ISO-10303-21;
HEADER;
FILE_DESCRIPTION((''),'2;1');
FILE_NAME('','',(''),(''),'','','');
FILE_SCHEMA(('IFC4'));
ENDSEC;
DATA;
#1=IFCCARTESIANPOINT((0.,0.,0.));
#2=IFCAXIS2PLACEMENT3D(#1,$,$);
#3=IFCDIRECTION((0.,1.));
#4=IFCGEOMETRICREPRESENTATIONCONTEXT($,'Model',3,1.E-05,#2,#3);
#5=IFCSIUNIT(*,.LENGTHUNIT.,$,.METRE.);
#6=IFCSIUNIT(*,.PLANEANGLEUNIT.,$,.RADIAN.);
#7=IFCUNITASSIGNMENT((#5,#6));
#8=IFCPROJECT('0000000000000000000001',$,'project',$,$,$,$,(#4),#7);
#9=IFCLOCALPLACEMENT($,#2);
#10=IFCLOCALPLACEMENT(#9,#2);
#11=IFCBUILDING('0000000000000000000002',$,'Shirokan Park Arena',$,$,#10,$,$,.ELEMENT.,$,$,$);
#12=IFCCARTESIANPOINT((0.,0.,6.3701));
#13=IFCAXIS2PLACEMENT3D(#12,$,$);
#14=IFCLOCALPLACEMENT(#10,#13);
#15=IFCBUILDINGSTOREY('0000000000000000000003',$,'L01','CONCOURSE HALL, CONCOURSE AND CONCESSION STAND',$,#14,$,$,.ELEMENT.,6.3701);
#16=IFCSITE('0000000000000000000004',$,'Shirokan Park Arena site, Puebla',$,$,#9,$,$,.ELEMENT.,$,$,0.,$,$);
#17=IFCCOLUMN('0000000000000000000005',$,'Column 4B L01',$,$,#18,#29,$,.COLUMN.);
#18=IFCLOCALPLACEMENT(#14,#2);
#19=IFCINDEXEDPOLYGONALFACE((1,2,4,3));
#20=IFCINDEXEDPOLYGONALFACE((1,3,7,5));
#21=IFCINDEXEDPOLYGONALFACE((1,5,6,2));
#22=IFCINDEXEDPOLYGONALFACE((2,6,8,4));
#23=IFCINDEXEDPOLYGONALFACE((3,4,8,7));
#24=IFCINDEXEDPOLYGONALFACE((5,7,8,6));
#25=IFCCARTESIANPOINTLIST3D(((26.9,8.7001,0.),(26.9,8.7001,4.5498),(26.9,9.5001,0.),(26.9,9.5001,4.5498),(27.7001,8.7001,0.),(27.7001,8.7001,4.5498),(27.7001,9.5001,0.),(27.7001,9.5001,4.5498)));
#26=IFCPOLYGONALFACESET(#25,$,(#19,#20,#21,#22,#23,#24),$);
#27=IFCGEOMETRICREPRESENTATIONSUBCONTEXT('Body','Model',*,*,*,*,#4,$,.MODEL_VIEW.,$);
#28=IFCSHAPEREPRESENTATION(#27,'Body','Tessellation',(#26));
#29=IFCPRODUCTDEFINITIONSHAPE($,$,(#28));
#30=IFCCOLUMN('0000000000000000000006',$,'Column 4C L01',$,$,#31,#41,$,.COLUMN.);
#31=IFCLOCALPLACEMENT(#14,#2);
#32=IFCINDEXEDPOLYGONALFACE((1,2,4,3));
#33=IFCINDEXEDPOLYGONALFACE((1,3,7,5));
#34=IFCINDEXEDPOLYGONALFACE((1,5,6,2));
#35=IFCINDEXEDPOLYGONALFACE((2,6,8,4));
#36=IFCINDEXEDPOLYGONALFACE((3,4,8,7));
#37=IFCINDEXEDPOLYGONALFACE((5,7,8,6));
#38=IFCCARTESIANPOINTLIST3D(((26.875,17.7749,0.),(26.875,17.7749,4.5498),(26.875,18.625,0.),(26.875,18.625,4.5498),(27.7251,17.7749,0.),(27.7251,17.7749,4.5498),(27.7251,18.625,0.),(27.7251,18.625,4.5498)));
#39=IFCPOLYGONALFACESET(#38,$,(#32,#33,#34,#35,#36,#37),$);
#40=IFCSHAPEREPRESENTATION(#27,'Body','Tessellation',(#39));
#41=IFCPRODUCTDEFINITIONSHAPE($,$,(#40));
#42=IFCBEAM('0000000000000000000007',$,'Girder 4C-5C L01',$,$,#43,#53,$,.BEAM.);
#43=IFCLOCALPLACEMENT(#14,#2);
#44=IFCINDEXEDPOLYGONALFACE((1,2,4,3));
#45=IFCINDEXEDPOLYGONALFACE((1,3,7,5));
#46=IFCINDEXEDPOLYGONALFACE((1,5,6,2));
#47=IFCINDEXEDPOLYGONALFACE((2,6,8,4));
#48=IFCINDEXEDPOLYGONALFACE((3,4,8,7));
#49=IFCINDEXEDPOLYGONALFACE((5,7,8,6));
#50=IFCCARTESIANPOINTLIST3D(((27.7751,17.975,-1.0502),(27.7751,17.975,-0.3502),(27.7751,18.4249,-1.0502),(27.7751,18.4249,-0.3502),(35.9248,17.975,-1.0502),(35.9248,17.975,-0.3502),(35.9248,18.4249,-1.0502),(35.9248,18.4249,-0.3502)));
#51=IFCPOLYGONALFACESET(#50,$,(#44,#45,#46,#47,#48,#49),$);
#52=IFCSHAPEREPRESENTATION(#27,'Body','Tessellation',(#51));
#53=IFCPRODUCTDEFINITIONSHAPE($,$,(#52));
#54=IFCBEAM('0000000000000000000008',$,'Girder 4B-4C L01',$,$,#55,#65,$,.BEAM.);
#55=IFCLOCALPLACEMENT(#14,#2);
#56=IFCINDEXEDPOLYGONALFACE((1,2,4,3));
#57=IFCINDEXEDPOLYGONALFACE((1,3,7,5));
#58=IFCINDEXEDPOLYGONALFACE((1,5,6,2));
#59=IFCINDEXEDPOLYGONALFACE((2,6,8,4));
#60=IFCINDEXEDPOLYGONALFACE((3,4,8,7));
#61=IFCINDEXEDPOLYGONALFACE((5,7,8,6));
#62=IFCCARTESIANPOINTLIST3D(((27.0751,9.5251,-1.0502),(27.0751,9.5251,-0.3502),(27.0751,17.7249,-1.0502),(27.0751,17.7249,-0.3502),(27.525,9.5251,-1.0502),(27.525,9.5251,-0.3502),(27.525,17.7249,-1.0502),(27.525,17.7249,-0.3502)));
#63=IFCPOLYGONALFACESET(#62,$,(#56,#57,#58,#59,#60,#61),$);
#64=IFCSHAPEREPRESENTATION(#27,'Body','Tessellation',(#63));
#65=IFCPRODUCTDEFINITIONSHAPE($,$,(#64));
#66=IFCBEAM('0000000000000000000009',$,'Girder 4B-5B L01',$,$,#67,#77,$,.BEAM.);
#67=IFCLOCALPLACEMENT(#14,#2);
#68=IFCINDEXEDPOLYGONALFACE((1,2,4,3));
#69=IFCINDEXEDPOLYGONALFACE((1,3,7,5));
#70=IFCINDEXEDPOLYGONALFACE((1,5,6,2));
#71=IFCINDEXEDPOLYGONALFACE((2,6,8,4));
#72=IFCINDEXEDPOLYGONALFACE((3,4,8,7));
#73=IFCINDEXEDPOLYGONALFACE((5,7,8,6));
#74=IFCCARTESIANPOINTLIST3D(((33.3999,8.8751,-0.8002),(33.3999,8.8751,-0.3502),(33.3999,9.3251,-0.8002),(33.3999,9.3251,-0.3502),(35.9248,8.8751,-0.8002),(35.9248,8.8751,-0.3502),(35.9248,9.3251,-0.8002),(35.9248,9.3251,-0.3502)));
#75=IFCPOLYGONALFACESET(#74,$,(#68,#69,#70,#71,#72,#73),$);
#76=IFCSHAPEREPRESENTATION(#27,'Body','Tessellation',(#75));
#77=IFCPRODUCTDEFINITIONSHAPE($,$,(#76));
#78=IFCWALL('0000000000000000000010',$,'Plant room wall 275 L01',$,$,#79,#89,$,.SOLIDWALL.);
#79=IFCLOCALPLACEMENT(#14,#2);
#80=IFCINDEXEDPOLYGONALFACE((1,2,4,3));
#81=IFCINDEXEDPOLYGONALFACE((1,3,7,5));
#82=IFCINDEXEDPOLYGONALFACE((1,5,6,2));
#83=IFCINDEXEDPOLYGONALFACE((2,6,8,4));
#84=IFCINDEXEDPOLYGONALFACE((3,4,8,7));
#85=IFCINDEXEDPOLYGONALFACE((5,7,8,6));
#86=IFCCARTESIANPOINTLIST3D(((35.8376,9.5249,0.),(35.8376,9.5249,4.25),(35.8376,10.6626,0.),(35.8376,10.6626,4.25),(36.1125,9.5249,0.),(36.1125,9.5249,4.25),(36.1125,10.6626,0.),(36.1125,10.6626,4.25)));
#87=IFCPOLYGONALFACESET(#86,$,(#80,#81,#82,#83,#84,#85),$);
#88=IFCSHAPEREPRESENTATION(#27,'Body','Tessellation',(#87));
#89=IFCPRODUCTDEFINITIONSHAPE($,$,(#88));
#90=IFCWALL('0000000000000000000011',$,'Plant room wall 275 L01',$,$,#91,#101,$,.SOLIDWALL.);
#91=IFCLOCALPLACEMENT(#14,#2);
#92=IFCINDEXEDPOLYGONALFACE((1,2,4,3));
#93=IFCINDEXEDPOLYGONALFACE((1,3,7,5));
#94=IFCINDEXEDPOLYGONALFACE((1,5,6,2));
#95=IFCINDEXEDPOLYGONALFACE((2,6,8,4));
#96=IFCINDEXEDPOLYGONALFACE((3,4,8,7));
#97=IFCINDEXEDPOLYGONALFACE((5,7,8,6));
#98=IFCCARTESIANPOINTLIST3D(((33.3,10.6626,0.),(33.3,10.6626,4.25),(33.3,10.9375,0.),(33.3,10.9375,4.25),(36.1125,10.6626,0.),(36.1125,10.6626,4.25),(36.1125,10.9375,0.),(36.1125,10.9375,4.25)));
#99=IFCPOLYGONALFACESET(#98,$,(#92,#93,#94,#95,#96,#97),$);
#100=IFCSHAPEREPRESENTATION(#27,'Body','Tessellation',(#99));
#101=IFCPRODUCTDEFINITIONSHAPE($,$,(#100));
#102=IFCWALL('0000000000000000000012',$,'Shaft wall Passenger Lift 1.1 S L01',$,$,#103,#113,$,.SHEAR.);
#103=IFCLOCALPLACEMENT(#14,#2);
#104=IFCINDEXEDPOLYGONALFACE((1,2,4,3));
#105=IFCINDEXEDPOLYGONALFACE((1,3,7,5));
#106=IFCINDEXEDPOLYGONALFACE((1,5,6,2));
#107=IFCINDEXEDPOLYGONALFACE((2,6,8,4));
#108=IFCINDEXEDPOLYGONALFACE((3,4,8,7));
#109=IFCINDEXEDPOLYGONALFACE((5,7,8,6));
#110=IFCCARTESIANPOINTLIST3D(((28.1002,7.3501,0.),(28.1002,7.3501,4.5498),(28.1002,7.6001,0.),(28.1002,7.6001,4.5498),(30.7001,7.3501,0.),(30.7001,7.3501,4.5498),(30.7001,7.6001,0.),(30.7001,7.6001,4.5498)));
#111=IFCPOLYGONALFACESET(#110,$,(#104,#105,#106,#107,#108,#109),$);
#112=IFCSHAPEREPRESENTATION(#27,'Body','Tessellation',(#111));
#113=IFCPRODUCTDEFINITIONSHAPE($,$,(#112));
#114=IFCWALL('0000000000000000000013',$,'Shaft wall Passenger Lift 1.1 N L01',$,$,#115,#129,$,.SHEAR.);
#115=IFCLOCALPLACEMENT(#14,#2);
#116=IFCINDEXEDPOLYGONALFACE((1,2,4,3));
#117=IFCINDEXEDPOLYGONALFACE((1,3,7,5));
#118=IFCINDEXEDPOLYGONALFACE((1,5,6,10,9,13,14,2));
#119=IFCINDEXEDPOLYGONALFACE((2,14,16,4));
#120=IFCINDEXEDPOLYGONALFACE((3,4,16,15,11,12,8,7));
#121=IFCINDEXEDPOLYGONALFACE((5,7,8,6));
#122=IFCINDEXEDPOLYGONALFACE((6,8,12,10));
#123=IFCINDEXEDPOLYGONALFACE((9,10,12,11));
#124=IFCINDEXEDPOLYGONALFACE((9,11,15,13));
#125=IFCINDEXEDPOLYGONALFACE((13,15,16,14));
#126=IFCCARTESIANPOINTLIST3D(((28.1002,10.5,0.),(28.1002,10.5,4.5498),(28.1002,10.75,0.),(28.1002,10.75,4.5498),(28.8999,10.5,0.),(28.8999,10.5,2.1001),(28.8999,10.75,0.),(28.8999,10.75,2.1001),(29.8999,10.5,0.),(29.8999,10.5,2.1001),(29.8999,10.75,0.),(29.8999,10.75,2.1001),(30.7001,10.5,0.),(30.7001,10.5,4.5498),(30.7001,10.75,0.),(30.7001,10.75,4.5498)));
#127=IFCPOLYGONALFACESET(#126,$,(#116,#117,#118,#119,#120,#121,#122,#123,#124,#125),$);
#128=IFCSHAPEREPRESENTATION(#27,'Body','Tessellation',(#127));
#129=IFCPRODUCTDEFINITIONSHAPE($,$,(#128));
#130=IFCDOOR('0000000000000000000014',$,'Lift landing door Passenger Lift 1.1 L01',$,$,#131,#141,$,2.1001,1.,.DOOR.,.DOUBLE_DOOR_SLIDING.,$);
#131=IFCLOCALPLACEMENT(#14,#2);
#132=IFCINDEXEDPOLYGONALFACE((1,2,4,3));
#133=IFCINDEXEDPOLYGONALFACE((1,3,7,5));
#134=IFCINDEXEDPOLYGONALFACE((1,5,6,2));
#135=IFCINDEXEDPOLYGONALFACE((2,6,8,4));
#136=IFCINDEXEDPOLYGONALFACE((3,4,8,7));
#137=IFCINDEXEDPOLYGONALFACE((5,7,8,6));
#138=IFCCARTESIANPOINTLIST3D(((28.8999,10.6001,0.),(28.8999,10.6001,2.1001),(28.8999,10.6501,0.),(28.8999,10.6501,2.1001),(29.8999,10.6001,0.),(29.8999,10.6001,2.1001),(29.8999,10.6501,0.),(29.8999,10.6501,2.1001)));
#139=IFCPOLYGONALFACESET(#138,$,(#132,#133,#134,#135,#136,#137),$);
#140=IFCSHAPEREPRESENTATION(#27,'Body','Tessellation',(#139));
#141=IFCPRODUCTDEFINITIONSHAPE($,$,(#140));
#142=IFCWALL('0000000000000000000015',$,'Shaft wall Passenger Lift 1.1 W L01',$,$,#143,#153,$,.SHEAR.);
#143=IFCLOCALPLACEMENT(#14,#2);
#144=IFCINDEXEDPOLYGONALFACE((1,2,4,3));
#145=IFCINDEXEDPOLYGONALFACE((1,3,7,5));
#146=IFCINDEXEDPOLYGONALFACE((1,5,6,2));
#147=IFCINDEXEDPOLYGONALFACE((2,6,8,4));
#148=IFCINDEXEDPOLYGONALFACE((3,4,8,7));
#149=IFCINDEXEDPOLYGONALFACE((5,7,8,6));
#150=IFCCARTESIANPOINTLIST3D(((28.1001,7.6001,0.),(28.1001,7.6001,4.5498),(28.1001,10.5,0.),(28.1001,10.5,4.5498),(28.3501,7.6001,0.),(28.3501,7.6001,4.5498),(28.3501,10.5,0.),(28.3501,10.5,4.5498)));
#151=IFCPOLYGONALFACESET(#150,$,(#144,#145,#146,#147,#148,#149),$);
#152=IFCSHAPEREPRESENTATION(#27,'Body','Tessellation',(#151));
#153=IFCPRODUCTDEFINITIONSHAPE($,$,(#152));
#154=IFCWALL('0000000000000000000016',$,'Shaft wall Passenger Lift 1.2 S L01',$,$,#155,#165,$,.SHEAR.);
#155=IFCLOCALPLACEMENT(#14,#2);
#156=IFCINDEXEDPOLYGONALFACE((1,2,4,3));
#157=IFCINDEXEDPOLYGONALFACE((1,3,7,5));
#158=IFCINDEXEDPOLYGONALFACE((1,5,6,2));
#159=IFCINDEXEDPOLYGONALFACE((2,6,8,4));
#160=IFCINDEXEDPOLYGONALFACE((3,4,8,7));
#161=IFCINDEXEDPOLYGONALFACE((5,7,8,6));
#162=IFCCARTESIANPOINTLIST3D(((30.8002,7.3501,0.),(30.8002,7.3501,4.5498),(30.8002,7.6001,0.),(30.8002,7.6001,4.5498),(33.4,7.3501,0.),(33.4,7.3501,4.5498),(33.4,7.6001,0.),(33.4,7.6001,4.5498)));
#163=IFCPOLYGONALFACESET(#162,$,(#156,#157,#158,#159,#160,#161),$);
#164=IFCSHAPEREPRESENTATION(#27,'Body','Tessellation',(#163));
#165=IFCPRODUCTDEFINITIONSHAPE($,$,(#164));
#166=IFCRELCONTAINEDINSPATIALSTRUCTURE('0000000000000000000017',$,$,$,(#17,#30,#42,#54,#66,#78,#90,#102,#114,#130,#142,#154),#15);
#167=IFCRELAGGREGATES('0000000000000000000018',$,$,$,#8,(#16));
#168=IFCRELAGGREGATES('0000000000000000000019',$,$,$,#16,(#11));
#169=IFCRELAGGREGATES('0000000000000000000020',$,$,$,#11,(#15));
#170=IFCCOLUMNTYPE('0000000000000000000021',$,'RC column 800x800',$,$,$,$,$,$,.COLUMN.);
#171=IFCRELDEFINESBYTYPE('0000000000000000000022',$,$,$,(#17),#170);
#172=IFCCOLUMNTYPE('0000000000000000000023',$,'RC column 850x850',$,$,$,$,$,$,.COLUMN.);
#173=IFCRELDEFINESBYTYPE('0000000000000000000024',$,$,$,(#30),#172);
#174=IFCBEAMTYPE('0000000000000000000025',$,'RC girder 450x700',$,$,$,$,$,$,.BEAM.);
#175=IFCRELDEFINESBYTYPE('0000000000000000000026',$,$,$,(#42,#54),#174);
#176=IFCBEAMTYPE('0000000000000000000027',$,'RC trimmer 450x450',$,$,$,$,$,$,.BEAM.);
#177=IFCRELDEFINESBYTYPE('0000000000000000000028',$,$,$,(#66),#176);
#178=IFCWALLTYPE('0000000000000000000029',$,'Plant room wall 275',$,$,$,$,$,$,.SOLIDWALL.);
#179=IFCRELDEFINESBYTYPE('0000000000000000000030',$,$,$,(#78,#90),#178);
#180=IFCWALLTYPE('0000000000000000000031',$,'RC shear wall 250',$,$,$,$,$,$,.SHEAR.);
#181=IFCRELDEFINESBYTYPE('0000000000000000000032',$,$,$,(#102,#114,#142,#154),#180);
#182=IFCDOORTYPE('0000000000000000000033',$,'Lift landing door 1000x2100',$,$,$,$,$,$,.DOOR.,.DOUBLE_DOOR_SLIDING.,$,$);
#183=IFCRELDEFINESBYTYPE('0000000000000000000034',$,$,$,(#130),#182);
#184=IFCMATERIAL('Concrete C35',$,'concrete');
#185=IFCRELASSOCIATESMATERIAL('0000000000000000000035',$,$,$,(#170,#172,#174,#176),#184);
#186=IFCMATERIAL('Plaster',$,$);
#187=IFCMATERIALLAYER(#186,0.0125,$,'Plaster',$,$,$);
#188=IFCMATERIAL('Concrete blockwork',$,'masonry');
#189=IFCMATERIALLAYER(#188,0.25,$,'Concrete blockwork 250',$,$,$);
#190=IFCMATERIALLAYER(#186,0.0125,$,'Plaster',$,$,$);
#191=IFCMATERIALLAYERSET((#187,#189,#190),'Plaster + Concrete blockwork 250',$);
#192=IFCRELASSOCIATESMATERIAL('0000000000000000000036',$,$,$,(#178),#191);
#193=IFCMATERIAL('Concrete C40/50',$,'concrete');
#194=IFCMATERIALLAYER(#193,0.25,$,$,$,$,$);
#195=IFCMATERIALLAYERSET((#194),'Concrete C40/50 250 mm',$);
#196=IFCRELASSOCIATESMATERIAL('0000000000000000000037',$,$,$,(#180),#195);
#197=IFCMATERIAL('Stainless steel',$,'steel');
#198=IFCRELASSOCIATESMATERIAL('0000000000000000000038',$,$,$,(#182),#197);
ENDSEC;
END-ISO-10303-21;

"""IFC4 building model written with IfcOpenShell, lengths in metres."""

from ifc_helpers import new_model, si_unit, direction, frame, frame_2d, origin, origin_2d, place, context, subcontext, project, spatial, rectangle, extrude, material, layer, layer_set, material_profile, profile_set, type_object, element, fill, save


model = new_model("IFC4")

# Units and contexts
model_context = context("Model", 3, precision=1e-05, world=origin(), true_north=direction((0.0, 1.0)))
body_context = subcontext(model_context, "Body", "Model", "MODEL_VIEW")
ifc_project = project(units=[si_unit("LENGTHUNIT", "METRE"), si_unit("PLANEANGLEUNIT", "RADIAN")], contexts=[model_context])

# Site, building, storey
site_placement = place(None, origin())
site = spatial("IfcSite", under=ifc_project, at=site_placement, Name="Shirokan Park Arena site, Puebla", CompositionType="ELEMENT", RefElevation=0.0)
building_placement = place(site_placement, origin())
building = spatial("IfcBuilding", under=site, at=building_placement, Name="Shirokan Park Arena", CompositionType="ELEMENT")
storey_placement = place(building_placement, frame((0.0, 0.0, 6.3701)))
storey = spatial("IfcBuildingStorey", under=building, at=storey_placement, Name="L01", Description="CONCOURSE HALL, CONCOURSE AND CONCESSION STAND", CompositionType="ELEMENT", Elevation=6.3701)

# Columns
ifc_material_1 = material(Name="Concrete C35", Category="concrete")
ifc_material_profile_1 = material_profile(ifc_material_1, rectangle(XDim=0.8, YDim=0.8, at=origin_2d()), Name="800x800")
ifc_profile_set_1 = profile_set([ifc_material_profile_1], Name="Concrete C35")
column_type_1 = type_object("IfcColumnType", Name="RC column 800x800", PredefinedType="COLUMN", material=ifc_profile_set_1)
column_1_placement = place(storey_placement, frame((27.3, 9.1001, 0.0), z_axis=(0.0, 0.0, 1.0), x_axis=(1.0, 0.0, 0.0)))
element("IfcColumn", 1, at=column_1_placement, inside=storey, type_object=column_type_1, Name="Column 4B L01", PredefinedType="COLUMN", context=body_context, shape_type="SweptSolid", body=[
    extrude(rectangle(XDim=0.8, YDim=0.8, at=origin_2d()), origin(), (0.0, 0.0, 1.0), 4.5498),
])
ifc_material_profile_2 = material_profile(ifc_material_1, rectangle(XDim=0.8501, YDim=0.8501, at=origin_2d()), Name="850x850")
ifc_profile_set_2 = profile_set([ifc_material_profile_2], Name="Concrete C35")
column_type_2 = type_object("IfcColumnType", Name="RC column 850x850", PredefinedType="COLUMN", material=ifc_profile_set_2)
column_2_placement = place(storey_placement, frame((27.3, 18.2, 0.0), z_axis=(0.0, 0.0, 1.0), x_axis=(1.0, 0.0, 0.0)))
element("IfcColumn", 2, at=column_2_placement, inside=storey, type_object=column_type_2, Name="Column 4C L01", PredefinedType="COLUMN", context=body_context, shape_type="SweptSolid", body=[
    extrude(rectangle(XDim=0.8501, YDim=0.8501, at=origin_2d()), origin(), (0.0, 0.0, 1.0), 4.5498),
])

# Beams
ifc_material_profile_3 = material_profile(ifc_material_1, rectangle(XDim=0.45, YDim=0.7, at=origin_2d()), Name="450x700")
ifc_profile_set_3 = profile_set([ifc_material_profile_3], Name="Concrete C35")
beam_type_1 = type_object("IfcBeamType", Name="RC girder 450x700", PredefinedType="BEAM", material=ifc_profile_set_3)
beam_1_placement = place(storey_placement, frame((27.7751, 18.2, -0.7002), z_axis=(1.0, 0.0, 0.0), x_axis=(0.0, 1.0, 0.0)))
element("IfcBeam", 3, at=beam_1_placement, inside=storey, type_object=beam_type_1, Name="Girder 4C-5C L01", PredefinedType="BEAM", context=body_context, shape_type="SweptSolid", body=[
    extrude(rectangle(XDim=0.45, YDim=0.7, at=origin_2d()), origin(), (0.0, 0.0, 1.0), 8.1497),
])
beam_2_placement = place(storey_placement, frame((27.3, 9.5251, -0.7002), z_axis=(0.0, 1.0, 0.0), x_axis=(-1.0, 0.0, 0.0)))
element("IfcBeam", 4, at=beam_2_placement, inside=storey, type_object=beam_type_1, Name="Girder 4B-4C L01", PredefinedType="BEAM", context=body_context, shape_type="SweptSolid", body=[
    extrude(rectangle(XDim=0.45, YDim=0.7, at=origin_2d()), origin(), (0.0, 0.0, 1.0), 8.1997),
])
ifc_material_profile_4 = material_profile(ifc_material_1, rectangle(XDim=0.45, YDim=0.45, at=origin_2d()), Name="450x450")
ifc_profile_set_4 = profile_set([ifc_material_profile_4], Name="Concrete C35")
beam_type_2 = type_object("IfcBeamType", Name="RC trimmer 450x450", PredefinedType="BEAM", material=ifc_profile_set_4)
beam_3_placement = place(storey_placement, frame((33.3999, 9.1001, -0.5752), z_axis=(1.0, 0.0, 0.0), x_axis=(0.0, 1.0, 0.0)))
element("IfcBeam", 5, at=beam_3_placement, inside=storey, type_object=beam_type_2, Name="Girder 4B-5B L01", PredefinedType="BEAM", context=body_context, shape_type="SweptSolid", body=[
    extrude(rectangle(XDim=0.45, YDim=0.45, at=origin_2d()), origin(), (0.0, 0.0, 1.0), 2.5249),
])

# Walls
ifc_material_2 = material(Name="Plaster")
ifc_layer_1 = layer(ifc_material_2, 0.0125, Name="Plaster")
ifc_material_3 = material(Name="Concrete blockwork", Category="masonry")
ifc_layer_2 = layer(ifc_material_3, 0.25, Name="Concrete blockwork 250")
ifc_layer_3 = layer(ifc_material_2, 0.0125, Name="Plaster")
ifc_layer_set_1 = layer_set([ifc_layer_1, ifc_layer_2, ifc_layer_3], Name="Plaster + Concrete blockwork 250")
wall_type_1 = type_object("IfcWallType", Name="Plant room wall 275", PredefinedType="SOLIDWALL", material=ifc_layer_set_1)
wall_1_placement = place(storey_placement, frame((35.9751, 9.5249, 0.0), z_axis=(0.0, 0.0, 1.0), x_axis=(0.0, 1.0, 0.0)))
element("IfcWall", 6, at=wall_1_placement, inside=storey, type_object=wall_type_1, Name="Plant room wall 275 L01", PredefinedType="SOLIDWALL", context=body_context, shape_type="SweptSolid", body=[
    extrude(rectangle(XDim=1.1377, YDim=0.2749, at=frame_2d((0.5688, 0.0))), origin(), (0.0, 0.0, 1.0), 4.25),
])
wall_2_placement = place(storey_placement, frame((36.1125, 10.8, 0.0), z_axis=(0.0, 0.0, 1.0), x_axis=(-1.0, 0.0, 0.0)))
element("IfcWall", 7, at=wall_2_placement, inside=storey, type_object=wall_type_1, Name="Plant room wall 275 L01", PredefinedType="SOLIDWALL", context=body_context, shape_type="SweptSolid", body=[
    extrude(rectangle(XDim=2.8125, YDim=0.2749, at=frame_2d((1.4062, 0.0))), origin(), (0.0, 0.0, 1.0), 4.25),
])
ifc_material_4 = material(Name="Concrete C40/50", Category="concrete")
ifc_layer_4 = layer(ifc_material_4, 0.25)
ifc_layer_set_2 = layer_set([ifc_layer_4], Name="Concrete C40/50 250 mm")
wall_type_2 = type_object("IfcWallType", Name="RC shear wall 250", PredefinedType="SHEAR", material=ifc_layer_set_2)
wall_3_placement = place(storey_placement, frame((30.7, 7.4751, 0.0), z_axis=(0.0, 0.0, 1.0), x_axis=(-1.0, 0.0, 0.0)))
element("IfcWall", 8, at=wall_3_placement, inside=storey, type_object=wall_type_2, Name="Shaft wall Passenger Lift 1.1 S L01", PredefinedType="SHEAR", context=body_context, shape_type="SweptSolid", body=[
    extrude(rectangle(XDim=2.5999, YDim=0.25, at=frame_2d((1.2998, 0.0))), origin(), (0.0, 0.0, 1.0), 4.5498),
])

# Wall, opening, door
wall_4_placement = place(storey_placement, frame((30.7, 10.625, 0.0), z_axis=(0.0, 0.0, 1.0), x_axis=(-1.0, 0.0, 0.0)))
wall_4 = element("IfcWall", 9, at=wall_4_placement, inside=storey, type_object=wall_type_2, Name="Shaft wall Passenger Lift 1.1 N L01", PredefinedType="SHEAR", context=body_context, shape_type="SweptSolid", body=[
    extrude(rectangle(XDim=2.5999, YDim=0.25, at=frame_2d((1.2998, 0.0))), origin(), (0.0, 0.0, 1.0), 4.5498),
])
opening_1_placement = place(wall_4_placement, frame((0.8, 0.0, 0.0)))
opening_1 = element("IfcOpeningElement", 10, at=opening_1_placement, cuts=wall_4, PredefinedType="OPENING", context=body_context, shape_type="SweptSolid", body=[
    extrude(rectangle(XDim=1.0, YDim=2.1001, at=frame_2d((0.5, 1.05))), frame((0.0, 0.135, 0.0), z_axis=(0.0, -1.0, 0.0), x_axis=(1.0, 0.0, 0.0)), (0.0, 0.0, 1.0), 0.27),
])
ifc_material_5 = material(Name="Stainless steel", Category="steel")
door_type_1 = type_object("IfcDoorType", Name="Lift landing door 1000x2100", OperationType="DOUBLE_DOOR_SLIDING", PredefinedType="DOOR", material=ifc_material_5)
door_1_placement = place(opening_1_placement, origin())
door_1 = element("IfcDoor", 11, at=door_1_placement, inside=storey, type_object=door_type_1, Name="Lift landing door Passenger Lift 1.1 L01", OperationType="DOUBLE_DOOR_SLIDING", OverallHeight=2.1001, OverallWidth=1.0, PredefinedType="DOOR", context=body_context, shape_type="SweptSolid", body=[
    extrude(rectangle(XDim=1.0, YDim=2.1001, at=frame_2d((0.5, 1.05))), frame((0.0, 0.0249, 0.0), z_axis=(0.0, -1.0, 0.0), x_axis=(1.0, 0.0, 0.0)), (0.0, 0.0, 1.0), 0.05),
])
fill(opening_1, door_1)

# Walls
wall_5_placement = place(storey_placement, frame((28.2251, 10.5, 0.0), z_axis=(0.0, 0.0, 1.0), x_axis=(0.0, -1.0, 0.0)))
element("IfcWall", 12, at=wall_5_placement, inside=storey, type_object=wall_type_2, Name="Shaft wall Passenger Lift 1.1 W L01", PredefinedType="SHEAR", context=body_context, shape_type="SweptSolid", body=[
    extrude(rectangle(XDim=2.8999, YDim=0.25, at=frame_2d((1.45, 0.0))), origin(), (0.0, 0.0, 1.0), 4.5498),
])
wall_6_placement = place(storey_placement, frame((33.3999, 7.4751, 0.0), z_axis=(0.0, 0.0, 1.0), x_axis=(-1.0, 0.0, 0.0)))
element("IfcWall", 13, at=wall_6_placement, inside=storey, type_object=wall_type_2, Name="Shaft wall Passenger Lift 1.2 S L01", PredefinedType="SHEAR", context=body_context, shape_type="SweptSolid", body=[
    extrude(rectangle(XDim=2.5999, YDim=0.25, at=frame_2d((1.2998, 0.0))), origin(), (0.0, 0.0, 1.0), 4.5498),
])

save(model, "model.ifc")
